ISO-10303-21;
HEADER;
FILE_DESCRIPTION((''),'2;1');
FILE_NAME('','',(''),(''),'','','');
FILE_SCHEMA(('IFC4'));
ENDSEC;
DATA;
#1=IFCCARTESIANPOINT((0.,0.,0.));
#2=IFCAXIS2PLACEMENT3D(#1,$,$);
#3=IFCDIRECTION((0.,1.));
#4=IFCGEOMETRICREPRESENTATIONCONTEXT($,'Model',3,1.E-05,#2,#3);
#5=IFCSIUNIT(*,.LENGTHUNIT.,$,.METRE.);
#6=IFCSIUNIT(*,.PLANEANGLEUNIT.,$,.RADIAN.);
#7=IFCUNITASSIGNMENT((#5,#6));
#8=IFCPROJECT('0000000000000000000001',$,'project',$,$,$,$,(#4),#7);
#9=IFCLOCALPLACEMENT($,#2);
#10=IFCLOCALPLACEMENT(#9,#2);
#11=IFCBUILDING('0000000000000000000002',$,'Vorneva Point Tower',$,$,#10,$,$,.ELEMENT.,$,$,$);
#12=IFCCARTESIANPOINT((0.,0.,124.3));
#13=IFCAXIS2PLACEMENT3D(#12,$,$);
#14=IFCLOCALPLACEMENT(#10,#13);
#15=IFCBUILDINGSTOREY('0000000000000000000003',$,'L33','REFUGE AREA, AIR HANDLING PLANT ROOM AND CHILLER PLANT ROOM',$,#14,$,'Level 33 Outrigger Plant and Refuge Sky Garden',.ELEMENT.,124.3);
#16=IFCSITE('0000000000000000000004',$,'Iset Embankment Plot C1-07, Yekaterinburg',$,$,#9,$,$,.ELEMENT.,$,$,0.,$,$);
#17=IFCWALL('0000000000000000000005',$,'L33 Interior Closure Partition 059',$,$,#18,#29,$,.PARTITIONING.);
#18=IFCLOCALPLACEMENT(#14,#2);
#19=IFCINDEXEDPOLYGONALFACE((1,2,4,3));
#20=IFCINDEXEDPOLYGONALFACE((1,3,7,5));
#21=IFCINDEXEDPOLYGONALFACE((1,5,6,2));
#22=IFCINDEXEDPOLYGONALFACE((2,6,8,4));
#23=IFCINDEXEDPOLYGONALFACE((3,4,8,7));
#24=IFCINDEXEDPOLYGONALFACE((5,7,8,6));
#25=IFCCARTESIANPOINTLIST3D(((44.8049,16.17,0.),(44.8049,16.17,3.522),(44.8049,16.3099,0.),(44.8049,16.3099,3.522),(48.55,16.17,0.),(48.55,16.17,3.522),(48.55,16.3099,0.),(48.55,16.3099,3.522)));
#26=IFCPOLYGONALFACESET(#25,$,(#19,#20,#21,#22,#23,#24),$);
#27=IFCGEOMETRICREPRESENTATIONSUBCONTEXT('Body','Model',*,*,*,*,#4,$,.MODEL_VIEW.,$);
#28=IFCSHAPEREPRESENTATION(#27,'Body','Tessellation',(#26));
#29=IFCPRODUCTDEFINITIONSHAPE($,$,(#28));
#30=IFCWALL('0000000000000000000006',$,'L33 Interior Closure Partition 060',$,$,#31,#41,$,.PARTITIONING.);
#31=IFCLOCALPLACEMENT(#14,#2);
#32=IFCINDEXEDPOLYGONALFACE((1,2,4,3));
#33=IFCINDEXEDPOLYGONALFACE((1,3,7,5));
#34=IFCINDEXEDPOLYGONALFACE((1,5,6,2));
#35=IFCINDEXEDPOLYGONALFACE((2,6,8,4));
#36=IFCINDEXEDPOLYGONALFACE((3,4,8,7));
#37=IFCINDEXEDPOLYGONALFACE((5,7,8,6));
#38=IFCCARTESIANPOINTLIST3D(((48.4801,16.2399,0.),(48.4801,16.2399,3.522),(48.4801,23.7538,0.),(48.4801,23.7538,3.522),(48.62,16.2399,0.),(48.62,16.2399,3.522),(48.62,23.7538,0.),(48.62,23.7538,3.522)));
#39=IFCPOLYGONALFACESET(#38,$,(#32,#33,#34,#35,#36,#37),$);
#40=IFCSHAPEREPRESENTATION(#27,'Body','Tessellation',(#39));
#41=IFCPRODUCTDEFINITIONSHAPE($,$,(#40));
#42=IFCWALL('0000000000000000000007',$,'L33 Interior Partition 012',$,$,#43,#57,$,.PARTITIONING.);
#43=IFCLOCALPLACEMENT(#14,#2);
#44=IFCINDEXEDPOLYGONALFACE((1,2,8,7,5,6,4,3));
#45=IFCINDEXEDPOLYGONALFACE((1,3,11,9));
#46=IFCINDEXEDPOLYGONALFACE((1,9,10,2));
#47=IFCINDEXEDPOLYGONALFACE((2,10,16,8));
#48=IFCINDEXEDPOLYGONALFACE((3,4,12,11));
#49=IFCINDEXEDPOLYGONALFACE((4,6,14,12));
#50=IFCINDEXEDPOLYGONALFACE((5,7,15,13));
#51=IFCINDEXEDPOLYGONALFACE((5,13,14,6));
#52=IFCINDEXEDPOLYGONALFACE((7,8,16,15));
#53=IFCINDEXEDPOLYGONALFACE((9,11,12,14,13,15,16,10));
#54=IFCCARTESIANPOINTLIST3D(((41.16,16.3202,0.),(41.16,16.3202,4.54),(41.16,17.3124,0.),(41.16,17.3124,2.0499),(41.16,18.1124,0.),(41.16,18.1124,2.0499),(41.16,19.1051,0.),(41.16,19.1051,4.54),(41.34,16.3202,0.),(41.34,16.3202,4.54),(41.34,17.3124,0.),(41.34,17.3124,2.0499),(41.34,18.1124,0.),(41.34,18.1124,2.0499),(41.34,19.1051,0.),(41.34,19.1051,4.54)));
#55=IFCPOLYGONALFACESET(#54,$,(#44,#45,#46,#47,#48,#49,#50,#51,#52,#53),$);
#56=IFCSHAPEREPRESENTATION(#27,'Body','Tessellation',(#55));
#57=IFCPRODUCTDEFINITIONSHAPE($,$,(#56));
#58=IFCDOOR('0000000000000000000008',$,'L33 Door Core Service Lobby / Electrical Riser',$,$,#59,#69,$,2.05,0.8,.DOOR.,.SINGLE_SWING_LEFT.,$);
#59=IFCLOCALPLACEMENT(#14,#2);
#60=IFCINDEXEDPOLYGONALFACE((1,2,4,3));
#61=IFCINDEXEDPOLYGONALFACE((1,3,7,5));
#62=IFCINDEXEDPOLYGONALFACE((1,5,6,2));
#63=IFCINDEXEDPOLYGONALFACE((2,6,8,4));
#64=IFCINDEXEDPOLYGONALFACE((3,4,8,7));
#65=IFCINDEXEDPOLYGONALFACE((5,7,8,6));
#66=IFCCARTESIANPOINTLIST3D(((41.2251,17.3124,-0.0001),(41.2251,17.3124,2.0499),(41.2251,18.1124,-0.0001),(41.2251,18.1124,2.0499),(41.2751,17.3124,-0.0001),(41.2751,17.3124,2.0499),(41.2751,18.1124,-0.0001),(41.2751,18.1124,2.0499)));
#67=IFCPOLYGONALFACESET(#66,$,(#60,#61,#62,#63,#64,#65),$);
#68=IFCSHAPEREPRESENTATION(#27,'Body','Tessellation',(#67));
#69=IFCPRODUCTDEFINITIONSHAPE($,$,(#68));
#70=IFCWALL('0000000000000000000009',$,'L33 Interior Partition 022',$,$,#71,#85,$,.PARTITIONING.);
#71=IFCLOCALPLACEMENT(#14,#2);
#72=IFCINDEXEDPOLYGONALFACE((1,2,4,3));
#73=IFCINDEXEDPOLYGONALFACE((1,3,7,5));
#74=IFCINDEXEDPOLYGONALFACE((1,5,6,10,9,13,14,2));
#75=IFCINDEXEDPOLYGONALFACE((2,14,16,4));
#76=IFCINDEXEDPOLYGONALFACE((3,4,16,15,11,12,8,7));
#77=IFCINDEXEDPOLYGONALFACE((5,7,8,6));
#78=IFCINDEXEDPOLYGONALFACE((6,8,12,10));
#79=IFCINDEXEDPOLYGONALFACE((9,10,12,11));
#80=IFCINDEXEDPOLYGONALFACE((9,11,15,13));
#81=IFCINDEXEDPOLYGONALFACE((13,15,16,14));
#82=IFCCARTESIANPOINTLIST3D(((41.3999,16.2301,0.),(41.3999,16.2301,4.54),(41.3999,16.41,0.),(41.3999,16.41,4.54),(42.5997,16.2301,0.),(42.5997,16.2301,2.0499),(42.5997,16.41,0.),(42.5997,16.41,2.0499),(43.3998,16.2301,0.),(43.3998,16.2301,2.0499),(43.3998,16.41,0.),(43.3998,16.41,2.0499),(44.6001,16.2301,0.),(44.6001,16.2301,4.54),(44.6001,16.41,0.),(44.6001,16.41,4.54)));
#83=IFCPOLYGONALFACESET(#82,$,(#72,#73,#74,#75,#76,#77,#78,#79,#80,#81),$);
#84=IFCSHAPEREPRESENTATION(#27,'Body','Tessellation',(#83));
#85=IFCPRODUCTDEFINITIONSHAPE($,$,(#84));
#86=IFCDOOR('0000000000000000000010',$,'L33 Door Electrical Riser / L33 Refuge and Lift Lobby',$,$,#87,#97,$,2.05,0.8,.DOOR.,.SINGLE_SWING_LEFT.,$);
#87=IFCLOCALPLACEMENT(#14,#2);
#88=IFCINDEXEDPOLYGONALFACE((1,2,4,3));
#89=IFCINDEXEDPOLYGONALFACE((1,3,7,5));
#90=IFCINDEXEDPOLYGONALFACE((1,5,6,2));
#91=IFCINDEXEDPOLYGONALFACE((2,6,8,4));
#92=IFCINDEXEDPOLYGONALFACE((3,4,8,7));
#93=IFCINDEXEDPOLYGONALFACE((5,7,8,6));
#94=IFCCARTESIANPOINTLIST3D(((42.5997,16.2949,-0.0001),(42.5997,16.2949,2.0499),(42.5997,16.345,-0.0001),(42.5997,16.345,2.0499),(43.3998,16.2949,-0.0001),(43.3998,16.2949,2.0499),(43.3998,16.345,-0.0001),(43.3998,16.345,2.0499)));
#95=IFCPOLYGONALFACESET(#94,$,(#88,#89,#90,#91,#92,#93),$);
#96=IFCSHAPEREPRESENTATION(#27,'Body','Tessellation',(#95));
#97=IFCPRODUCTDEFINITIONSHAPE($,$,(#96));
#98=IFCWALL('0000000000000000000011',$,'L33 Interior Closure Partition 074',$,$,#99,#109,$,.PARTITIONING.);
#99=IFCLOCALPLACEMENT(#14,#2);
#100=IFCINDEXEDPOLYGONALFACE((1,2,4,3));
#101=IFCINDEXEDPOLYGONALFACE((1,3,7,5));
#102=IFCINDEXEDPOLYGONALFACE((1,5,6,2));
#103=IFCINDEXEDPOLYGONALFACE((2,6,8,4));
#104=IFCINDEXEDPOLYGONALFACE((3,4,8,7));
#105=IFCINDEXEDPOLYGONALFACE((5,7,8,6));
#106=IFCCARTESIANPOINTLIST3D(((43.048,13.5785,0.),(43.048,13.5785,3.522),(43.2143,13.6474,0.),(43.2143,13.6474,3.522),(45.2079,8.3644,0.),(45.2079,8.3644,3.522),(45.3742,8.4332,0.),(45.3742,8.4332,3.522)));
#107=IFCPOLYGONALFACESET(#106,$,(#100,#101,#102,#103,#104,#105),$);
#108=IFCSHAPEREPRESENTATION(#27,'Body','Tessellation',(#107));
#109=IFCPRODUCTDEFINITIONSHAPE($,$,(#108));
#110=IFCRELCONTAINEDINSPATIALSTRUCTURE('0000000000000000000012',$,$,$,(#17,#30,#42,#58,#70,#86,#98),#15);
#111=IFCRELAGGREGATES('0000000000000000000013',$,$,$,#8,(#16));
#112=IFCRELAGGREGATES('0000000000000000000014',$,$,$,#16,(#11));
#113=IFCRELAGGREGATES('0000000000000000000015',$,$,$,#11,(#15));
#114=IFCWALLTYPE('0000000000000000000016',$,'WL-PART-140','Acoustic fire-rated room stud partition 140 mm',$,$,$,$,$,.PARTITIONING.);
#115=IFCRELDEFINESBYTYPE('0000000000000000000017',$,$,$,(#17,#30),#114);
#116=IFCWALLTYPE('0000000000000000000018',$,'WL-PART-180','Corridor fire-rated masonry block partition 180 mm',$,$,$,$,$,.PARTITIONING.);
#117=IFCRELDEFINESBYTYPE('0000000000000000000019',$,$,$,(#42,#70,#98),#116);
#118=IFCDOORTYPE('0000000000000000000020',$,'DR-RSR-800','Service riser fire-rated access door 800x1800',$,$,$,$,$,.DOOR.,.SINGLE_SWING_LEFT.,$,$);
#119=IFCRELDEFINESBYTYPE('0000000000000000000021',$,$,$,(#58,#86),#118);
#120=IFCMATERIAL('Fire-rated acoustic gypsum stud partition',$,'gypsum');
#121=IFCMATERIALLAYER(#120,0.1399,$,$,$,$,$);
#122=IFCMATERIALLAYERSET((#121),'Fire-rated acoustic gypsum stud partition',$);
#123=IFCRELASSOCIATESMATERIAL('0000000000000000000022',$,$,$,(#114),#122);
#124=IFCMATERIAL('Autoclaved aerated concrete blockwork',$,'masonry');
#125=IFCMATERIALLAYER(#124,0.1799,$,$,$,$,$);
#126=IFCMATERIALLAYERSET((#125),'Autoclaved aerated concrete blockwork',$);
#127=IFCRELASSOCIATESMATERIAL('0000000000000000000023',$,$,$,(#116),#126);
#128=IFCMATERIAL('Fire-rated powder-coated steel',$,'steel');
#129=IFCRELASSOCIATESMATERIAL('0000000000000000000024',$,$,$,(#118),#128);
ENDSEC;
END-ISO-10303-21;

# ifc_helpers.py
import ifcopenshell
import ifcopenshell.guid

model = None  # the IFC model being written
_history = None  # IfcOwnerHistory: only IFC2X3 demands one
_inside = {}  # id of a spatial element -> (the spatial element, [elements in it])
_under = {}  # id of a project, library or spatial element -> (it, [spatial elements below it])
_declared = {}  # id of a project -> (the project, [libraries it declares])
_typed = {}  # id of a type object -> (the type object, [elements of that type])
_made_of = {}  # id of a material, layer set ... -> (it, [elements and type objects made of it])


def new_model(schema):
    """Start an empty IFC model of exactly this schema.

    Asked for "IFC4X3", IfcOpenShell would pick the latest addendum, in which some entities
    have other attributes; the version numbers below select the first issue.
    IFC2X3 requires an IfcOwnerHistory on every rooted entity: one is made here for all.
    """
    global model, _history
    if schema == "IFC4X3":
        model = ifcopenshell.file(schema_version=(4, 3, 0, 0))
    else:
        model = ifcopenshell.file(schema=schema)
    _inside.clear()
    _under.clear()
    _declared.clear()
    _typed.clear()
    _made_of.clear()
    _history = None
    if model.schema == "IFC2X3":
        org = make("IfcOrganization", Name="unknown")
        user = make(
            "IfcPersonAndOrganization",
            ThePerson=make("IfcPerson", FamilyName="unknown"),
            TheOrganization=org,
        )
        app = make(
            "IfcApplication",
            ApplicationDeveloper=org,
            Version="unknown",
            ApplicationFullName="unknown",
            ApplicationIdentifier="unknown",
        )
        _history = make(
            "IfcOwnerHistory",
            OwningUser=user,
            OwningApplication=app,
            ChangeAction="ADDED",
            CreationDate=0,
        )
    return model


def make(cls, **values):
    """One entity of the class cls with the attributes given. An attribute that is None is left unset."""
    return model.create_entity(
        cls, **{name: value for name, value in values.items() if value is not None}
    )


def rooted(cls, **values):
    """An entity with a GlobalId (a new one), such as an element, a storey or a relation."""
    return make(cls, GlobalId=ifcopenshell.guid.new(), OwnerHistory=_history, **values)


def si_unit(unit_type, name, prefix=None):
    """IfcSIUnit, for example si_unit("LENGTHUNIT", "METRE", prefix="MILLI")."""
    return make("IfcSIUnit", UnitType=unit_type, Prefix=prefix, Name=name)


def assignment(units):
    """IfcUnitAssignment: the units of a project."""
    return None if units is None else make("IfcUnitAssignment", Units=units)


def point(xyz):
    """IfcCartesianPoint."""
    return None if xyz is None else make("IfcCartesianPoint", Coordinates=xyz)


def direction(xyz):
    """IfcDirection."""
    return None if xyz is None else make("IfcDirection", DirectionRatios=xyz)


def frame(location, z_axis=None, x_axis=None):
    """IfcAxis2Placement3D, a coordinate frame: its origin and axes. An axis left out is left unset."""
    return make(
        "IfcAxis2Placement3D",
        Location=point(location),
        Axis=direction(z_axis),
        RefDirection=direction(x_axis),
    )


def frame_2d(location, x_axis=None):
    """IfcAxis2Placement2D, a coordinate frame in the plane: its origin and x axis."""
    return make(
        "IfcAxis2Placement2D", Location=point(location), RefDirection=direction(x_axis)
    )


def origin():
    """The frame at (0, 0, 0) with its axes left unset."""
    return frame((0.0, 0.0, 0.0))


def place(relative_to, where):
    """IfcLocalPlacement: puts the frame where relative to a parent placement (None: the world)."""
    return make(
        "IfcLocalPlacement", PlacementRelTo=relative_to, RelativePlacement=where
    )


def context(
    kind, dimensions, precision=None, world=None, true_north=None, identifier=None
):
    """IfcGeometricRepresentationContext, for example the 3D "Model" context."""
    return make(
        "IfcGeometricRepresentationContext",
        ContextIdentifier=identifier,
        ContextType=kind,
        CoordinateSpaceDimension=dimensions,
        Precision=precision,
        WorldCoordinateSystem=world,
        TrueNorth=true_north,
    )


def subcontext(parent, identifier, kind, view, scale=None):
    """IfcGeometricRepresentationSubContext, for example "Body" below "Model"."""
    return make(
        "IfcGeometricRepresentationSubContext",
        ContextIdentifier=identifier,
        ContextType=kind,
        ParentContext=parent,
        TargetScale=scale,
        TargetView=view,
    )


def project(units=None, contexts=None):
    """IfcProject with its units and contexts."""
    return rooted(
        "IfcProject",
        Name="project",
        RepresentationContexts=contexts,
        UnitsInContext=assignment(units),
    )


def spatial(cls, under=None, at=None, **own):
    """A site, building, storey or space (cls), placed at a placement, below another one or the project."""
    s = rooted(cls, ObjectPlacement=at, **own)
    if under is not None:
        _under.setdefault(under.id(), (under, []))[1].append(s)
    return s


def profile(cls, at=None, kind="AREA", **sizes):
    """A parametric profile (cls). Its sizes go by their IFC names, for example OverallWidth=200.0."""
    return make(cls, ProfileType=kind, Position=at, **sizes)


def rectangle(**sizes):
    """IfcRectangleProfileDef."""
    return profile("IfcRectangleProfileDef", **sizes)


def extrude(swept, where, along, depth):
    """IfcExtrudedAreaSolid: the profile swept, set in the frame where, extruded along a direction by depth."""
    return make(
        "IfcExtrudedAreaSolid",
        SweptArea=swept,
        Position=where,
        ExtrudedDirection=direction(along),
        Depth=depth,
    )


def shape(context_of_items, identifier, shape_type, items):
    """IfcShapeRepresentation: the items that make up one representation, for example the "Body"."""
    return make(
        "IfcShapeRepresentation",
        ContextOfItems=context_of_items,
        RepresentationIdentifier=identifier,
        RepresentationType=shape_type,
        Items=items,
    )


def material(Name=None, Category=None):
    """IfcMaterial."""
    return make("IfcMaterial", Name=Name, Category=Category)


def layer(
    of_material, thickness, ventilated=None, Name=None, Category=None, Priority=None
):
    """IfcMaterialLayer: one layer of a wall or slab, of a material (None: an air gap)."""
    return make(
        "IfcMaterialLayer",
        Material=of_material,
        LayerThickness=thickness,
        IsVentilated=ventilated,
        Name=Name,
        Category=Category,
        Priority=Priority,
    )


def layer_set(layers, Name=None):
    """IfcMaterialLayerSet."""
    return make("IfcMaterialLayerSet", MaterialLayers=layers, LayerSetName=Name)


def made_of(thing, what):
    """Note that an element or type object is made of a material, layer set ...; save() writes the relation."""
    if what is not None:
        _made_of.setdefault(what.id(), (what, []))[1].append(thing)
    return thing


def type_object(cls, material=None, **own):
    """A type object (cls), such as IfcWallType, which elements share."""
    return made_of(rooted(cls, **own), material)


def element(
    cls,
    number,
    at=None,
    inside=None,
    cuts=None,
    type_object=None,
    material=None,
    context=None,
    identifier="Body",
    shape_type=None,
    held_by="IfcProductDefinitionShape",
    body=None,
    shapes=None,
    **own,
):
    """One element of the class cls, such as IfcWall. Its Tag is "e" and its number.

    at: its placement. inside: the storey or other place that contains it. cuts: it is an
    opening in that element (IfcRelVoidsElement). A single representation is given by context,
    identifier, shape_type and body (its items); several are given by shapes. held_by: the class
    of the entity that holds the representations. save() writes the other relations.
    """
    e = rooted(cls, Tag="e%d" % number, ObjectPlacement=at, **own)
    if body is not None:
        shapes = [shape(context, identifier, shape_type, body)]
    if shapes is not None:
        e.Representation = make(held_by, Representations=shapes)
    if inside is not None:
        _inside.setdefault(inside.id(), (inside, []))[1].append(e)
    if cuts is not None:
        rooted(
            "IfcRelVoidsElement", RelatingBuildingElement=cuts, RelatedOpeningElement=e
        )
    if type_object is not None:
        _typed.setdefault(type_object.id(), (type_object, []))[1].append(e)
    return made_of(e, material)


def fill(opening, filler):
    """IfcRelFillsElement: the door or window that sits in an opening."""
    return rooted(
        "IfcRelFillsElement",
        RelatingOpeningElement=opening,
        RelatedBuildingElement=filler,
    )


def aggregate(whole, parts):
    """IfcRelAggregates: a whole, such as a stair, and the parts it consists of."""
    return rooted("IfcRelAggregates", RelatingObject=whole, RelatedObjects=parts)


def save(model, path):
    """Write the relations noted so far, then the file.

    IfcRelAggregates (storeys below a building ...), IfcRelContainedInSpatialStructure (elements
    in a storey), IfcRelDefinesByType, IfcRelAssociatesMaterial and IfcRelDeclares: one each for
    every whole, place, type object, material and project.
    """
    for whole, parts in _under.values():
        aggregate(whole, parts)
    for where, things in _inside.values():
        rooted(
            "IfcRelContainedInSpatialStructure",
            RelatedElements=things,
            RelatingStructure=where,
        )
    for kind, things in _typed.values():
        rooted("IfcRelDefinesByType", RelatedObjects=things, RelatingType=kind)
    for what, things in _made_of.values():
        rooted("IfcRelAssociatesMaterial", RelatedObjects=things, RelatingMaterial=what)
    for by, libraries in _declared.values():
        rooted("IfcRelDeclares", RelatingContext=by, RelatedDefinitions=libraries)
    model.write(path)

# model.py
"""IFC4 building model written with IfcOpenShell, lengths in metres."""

from ifc_helpers import new_model, si_unit, direction, frame, frame_2d, origin, place, context, subcontext, project, spatial, rectangle, extrude, material, layer, layer_set, type_object, element, fill, save


model = new_model("IFC4")

# Units and contexts
model_context = context("Model", 3, precision=1e-05, world=origin(), true_north=direction((0.0, 1.0)))
body_context = subcontext(model_context, "Body", "Model", "MODEL_VIEW")
ifc_project = project(units=[si_unit("LENGTHUNIT", "METRE"), si_unit("PLANEANGLEUNIT", "RADIAN")], contexts=[model_context])

# Site, building, storey
site_placement = place(None, origin())
site = spatial("IfcSite", under=ifc_project, at=site_placement, Name="Iset Embankment Plot C1-07, Yekaterinburg", CompositionType="ELEMENT", RefElevation=0.0)
building_placement = place(site_placement, origin())
building = spatial("IfcBuilding", under=site, at=building_placement, Name="Vorneva Point Tower", CompositionType="ELEMENT")
storey_placement = place(building_placement, frame((0.0, 0.0, 124.3)))
storey = spatial("IfcBuildingStorey", under=building, at=storey_placement, Name="L33", Description="REFUGE AREA, AIR HANDLING PLANT ROOM AND CHILLER PLANT ROOM", LongName="Level 33 Outrigger Plant and Refuge Sky Garden", CompositionType="ELEMENT", Elevation=124.3)

# Walls
ifc_material_1 = material(Name="Fire-rated acoustic gypsum stud partition", Category="gypsum")
ifc_layer_1 = layer(ifc_material_1, 0.1399)
ifc_layer_set_1 = layer_set([ifc_layer_1], Name="Fire-rated acoustic gypsum stud partition")
wall_type_1 = type_object("IfcWallType", Name="WL-PART-140", Description="Acoustic fire-rated room stud partition 140 mm", PredefinedType="PARTITIONING", material=ifc_layer_set_1)
wall_1_placement = place(storey_placement, frame((44.8049, 16.24, 0.0), z_axis=(0.0, 0.0, 1.0), x_axis=(1.0, 0.0, 0.0)))
element("IfcWall", 1, at=wall_1_placement, inside=storey, type_object=wall_type_1, Name="L33 Interior Closure Partition 059", PredefinedType="PARTITIONING", context=body_context, shape_type="SweptSolid", body=[
    extrude(rectangle(XDim=3.7451, YDim=0.1399, at=frame_2d((1.8726, 0.0))), origin(), (0.0, 0.0, 1.0), 3.522),
])
wall_2_placement = place(storey_placement, frame((48.55, 16.24, 0.0), z_axis=(0.0, 0.0, 1.0), x_axis=(0.0, 1.0, 0.0)))
element("IfcWall", 2, at=wall_2_placement, inside=storey, type_object=wall_type_1, Name="L33 Interior Closure Partition 060", PredefinedType="PARTITIONING", context=body_context, shape_type="SweptSolid", body=[
    extrude(rectangle(XDim=7.5139, YDim=0.1399, at=frame_2d((3.7568, 0.0))), origin(), (0.0, 0.0, 1.0), 3.522),
])

# Walls, openings, doors
ifc_material_2 = material(Name="Autoclaved aerated concrete blockwork", Category="masonry")
ifc_layer_2 = layer(ifc_material_2, 0.1799)
ifc_layer_set_2 = layer_set([ifc_layer_2], Name="Autoclaved aerated concrete blockwork")
wall_type_2 = type_object("IfcWallType", Name="WL-PART-180", Description="Corridor fire-rated masonry block partition 180 mm", PredefinedType="PARTITIONING", material=ifc_layer_set_2)
wall_3_placement = place(storey_placement, frame((41.25, 16.3201, 0.0), z_axis=(0.0, 0.0, 1.0), x_axis=(0.0, 1.0, 0.0)))
wall_3 = element("IfcWall", 3, at=wall_3_placement, inside=storey, type_object=wall_type_2, Name="L33 Interior Partition 012", PredefinedType="PARTITIONING", context=body_context, shape_type="SweptSolid", body=[
    extrude(rectangle(XDim=2.7849, YDim=0.1799, at=frame_2d((1.3926, 0.0))), origin(), (0.0, 0.0, 1.0), 4.54),
])
opening_1_placement = place(wall_3_placement, frame((0.9924, 0.0, 0.0)))
opening_1 = element("IfcOpeningElement", 4, at=opening_1_placement, cuts=wall_3, PredefinedType="OPENING", context=body_context, shape_type="SweptSolid", body=[
    extrude(rectangle(XDim=0.8, YDim=2.05, at=frame_2d((0.3999, 1.0249))), frame((0.0, 0.105, 0.0), z_axis=(0.0, -1.0, 0.0), x_axis=(1.0, 0.0, 0.0)), (0.0, 0.0, 1.0), 0.2097),
])
ifc_material_3 = material(Name="Fire-rated powder-coated steel", Category="steel")
door_type_1 = type_object("IfcDoorType", Name="DR-RSR-800", Description="Service riser fire-rated access door 800x1800", OperationType="SINGLE_SWING_LEFT", PredefinedType="DOOR", material=ifc_material_3)
door_1_placement = place(opening_1_placement, origin())
door_1 = element("IfcDoor", 5, at=door_1_placement, inside=storey, type_object=door_type_1, Name="L33 Door Core Service Lobby / Electrical Riser", OperationType="SINGLE_SWING_LEFT", OverallHeight=2.05, OverallWidth=0.8, PredefinedType="DOOR", context=body_context, shape_type="SweptSolid", body=[
    extrude(rectangle(XDim=0.8, YDim=2.05, at=frame_2d((0.3999, 1.0249))), frame((0.0, 0.0249, 0.0), z_axis=(0.0, -1.0, 0.0), x_axis=(1.0, 0.0, 0.0)), (0.0, 0.0, 1.0), 0.05),
])
fill(opening_1, door_1)
wall_4_placement = place(storey_placement, frame((41.3999, 16.3201, 0.0), z_axis=(0.0, 0.0, 1.0), x_axis=(1.0, 0.0, 0.0)))
wall_4 = element("IfcWall", 6, at=wall_4_placement, inside=storey, type_object=wall_type_2, Name="L33 Interior Partition 022", PredefinedType="PARTITIONING", context=body_context, shape_type="SweptSolid", body=[
    extrude(rectangle(XDim=3.2002, YDim=0.1799, at=frame_2d((1.6001, 0.0))), origin(), (0.0, 0.0, 1.0), 4.54),
])
opening_2_placement = place(wall_4_placement, frame((1.2, 0.0, 0.0)))
opening_2 = element("IfcOpeningElement", 7, at=opening_2_placement, cuts=wall_4, PredefinedType="OPENING", context=body_context, shape_type="SweptSolid", body=[
    extrude(rectangle(XDim=0.8, YDim=2.05, at=frame_2d((0.3999, 1.0249))), frame((0.0, 0.105, 0.0), z_axis=(0.0, -1.0, 0.0), x_axis=(1.0, 0.0, 0.0)), (0.0, 0.0, 1.0), 0.2097),
])
door_2_placement = place(opening_2_placement, origin())
door_2 = element("IfcDoor", 8, at=door_2_placement, inside=storey, type_object=door_type_1, Name="L33 Door Electrical Riser / L33 Refuge and Lift Lobby", OperationType="SINGLE_SWING_LEFT", OverallHeight=2.05, OverallWidth=0.8, PredefinedType="DOOR", context=body_context, shape_type="SweptSolid", body=[
    extrude(rectangle(XDim=0.8, YDim=2.05, at=frame_2d((0.3999, 1.0249))), frame((0.0, 0.0249, 0.0), z_axis=(0.0, -1.0, 0.0), x_axis=(1.0, 0.0, 0.0)), (0.0, 0.0, 1.0), 0.05),
])
fill(opening_2, door_2)

# Wall
wall_5_placement = place(storey_placement, frame((45.291, 8.3989, 0.0), z_axis=(0.0, 0.0, 1.0), x_axis=(-0.382707, 0.92387, 0.0)))
element("IfcWall", 9, at=wall_5_placement, inside=storey, type_object=wall_type_2, Name="L33 Interior Closure Partition 074", PredefinedType="PARTITIONING", context=body_context, shape_type="SweptSolid", body=[
    extrude(rectangle(XDim=5.6438, YDim=0.1799, at=frame_2d((2.8218, 0.0))), origin(), (0.0, 0.0, 1.0), 3.522),
])

save(model, "model.ifc")
